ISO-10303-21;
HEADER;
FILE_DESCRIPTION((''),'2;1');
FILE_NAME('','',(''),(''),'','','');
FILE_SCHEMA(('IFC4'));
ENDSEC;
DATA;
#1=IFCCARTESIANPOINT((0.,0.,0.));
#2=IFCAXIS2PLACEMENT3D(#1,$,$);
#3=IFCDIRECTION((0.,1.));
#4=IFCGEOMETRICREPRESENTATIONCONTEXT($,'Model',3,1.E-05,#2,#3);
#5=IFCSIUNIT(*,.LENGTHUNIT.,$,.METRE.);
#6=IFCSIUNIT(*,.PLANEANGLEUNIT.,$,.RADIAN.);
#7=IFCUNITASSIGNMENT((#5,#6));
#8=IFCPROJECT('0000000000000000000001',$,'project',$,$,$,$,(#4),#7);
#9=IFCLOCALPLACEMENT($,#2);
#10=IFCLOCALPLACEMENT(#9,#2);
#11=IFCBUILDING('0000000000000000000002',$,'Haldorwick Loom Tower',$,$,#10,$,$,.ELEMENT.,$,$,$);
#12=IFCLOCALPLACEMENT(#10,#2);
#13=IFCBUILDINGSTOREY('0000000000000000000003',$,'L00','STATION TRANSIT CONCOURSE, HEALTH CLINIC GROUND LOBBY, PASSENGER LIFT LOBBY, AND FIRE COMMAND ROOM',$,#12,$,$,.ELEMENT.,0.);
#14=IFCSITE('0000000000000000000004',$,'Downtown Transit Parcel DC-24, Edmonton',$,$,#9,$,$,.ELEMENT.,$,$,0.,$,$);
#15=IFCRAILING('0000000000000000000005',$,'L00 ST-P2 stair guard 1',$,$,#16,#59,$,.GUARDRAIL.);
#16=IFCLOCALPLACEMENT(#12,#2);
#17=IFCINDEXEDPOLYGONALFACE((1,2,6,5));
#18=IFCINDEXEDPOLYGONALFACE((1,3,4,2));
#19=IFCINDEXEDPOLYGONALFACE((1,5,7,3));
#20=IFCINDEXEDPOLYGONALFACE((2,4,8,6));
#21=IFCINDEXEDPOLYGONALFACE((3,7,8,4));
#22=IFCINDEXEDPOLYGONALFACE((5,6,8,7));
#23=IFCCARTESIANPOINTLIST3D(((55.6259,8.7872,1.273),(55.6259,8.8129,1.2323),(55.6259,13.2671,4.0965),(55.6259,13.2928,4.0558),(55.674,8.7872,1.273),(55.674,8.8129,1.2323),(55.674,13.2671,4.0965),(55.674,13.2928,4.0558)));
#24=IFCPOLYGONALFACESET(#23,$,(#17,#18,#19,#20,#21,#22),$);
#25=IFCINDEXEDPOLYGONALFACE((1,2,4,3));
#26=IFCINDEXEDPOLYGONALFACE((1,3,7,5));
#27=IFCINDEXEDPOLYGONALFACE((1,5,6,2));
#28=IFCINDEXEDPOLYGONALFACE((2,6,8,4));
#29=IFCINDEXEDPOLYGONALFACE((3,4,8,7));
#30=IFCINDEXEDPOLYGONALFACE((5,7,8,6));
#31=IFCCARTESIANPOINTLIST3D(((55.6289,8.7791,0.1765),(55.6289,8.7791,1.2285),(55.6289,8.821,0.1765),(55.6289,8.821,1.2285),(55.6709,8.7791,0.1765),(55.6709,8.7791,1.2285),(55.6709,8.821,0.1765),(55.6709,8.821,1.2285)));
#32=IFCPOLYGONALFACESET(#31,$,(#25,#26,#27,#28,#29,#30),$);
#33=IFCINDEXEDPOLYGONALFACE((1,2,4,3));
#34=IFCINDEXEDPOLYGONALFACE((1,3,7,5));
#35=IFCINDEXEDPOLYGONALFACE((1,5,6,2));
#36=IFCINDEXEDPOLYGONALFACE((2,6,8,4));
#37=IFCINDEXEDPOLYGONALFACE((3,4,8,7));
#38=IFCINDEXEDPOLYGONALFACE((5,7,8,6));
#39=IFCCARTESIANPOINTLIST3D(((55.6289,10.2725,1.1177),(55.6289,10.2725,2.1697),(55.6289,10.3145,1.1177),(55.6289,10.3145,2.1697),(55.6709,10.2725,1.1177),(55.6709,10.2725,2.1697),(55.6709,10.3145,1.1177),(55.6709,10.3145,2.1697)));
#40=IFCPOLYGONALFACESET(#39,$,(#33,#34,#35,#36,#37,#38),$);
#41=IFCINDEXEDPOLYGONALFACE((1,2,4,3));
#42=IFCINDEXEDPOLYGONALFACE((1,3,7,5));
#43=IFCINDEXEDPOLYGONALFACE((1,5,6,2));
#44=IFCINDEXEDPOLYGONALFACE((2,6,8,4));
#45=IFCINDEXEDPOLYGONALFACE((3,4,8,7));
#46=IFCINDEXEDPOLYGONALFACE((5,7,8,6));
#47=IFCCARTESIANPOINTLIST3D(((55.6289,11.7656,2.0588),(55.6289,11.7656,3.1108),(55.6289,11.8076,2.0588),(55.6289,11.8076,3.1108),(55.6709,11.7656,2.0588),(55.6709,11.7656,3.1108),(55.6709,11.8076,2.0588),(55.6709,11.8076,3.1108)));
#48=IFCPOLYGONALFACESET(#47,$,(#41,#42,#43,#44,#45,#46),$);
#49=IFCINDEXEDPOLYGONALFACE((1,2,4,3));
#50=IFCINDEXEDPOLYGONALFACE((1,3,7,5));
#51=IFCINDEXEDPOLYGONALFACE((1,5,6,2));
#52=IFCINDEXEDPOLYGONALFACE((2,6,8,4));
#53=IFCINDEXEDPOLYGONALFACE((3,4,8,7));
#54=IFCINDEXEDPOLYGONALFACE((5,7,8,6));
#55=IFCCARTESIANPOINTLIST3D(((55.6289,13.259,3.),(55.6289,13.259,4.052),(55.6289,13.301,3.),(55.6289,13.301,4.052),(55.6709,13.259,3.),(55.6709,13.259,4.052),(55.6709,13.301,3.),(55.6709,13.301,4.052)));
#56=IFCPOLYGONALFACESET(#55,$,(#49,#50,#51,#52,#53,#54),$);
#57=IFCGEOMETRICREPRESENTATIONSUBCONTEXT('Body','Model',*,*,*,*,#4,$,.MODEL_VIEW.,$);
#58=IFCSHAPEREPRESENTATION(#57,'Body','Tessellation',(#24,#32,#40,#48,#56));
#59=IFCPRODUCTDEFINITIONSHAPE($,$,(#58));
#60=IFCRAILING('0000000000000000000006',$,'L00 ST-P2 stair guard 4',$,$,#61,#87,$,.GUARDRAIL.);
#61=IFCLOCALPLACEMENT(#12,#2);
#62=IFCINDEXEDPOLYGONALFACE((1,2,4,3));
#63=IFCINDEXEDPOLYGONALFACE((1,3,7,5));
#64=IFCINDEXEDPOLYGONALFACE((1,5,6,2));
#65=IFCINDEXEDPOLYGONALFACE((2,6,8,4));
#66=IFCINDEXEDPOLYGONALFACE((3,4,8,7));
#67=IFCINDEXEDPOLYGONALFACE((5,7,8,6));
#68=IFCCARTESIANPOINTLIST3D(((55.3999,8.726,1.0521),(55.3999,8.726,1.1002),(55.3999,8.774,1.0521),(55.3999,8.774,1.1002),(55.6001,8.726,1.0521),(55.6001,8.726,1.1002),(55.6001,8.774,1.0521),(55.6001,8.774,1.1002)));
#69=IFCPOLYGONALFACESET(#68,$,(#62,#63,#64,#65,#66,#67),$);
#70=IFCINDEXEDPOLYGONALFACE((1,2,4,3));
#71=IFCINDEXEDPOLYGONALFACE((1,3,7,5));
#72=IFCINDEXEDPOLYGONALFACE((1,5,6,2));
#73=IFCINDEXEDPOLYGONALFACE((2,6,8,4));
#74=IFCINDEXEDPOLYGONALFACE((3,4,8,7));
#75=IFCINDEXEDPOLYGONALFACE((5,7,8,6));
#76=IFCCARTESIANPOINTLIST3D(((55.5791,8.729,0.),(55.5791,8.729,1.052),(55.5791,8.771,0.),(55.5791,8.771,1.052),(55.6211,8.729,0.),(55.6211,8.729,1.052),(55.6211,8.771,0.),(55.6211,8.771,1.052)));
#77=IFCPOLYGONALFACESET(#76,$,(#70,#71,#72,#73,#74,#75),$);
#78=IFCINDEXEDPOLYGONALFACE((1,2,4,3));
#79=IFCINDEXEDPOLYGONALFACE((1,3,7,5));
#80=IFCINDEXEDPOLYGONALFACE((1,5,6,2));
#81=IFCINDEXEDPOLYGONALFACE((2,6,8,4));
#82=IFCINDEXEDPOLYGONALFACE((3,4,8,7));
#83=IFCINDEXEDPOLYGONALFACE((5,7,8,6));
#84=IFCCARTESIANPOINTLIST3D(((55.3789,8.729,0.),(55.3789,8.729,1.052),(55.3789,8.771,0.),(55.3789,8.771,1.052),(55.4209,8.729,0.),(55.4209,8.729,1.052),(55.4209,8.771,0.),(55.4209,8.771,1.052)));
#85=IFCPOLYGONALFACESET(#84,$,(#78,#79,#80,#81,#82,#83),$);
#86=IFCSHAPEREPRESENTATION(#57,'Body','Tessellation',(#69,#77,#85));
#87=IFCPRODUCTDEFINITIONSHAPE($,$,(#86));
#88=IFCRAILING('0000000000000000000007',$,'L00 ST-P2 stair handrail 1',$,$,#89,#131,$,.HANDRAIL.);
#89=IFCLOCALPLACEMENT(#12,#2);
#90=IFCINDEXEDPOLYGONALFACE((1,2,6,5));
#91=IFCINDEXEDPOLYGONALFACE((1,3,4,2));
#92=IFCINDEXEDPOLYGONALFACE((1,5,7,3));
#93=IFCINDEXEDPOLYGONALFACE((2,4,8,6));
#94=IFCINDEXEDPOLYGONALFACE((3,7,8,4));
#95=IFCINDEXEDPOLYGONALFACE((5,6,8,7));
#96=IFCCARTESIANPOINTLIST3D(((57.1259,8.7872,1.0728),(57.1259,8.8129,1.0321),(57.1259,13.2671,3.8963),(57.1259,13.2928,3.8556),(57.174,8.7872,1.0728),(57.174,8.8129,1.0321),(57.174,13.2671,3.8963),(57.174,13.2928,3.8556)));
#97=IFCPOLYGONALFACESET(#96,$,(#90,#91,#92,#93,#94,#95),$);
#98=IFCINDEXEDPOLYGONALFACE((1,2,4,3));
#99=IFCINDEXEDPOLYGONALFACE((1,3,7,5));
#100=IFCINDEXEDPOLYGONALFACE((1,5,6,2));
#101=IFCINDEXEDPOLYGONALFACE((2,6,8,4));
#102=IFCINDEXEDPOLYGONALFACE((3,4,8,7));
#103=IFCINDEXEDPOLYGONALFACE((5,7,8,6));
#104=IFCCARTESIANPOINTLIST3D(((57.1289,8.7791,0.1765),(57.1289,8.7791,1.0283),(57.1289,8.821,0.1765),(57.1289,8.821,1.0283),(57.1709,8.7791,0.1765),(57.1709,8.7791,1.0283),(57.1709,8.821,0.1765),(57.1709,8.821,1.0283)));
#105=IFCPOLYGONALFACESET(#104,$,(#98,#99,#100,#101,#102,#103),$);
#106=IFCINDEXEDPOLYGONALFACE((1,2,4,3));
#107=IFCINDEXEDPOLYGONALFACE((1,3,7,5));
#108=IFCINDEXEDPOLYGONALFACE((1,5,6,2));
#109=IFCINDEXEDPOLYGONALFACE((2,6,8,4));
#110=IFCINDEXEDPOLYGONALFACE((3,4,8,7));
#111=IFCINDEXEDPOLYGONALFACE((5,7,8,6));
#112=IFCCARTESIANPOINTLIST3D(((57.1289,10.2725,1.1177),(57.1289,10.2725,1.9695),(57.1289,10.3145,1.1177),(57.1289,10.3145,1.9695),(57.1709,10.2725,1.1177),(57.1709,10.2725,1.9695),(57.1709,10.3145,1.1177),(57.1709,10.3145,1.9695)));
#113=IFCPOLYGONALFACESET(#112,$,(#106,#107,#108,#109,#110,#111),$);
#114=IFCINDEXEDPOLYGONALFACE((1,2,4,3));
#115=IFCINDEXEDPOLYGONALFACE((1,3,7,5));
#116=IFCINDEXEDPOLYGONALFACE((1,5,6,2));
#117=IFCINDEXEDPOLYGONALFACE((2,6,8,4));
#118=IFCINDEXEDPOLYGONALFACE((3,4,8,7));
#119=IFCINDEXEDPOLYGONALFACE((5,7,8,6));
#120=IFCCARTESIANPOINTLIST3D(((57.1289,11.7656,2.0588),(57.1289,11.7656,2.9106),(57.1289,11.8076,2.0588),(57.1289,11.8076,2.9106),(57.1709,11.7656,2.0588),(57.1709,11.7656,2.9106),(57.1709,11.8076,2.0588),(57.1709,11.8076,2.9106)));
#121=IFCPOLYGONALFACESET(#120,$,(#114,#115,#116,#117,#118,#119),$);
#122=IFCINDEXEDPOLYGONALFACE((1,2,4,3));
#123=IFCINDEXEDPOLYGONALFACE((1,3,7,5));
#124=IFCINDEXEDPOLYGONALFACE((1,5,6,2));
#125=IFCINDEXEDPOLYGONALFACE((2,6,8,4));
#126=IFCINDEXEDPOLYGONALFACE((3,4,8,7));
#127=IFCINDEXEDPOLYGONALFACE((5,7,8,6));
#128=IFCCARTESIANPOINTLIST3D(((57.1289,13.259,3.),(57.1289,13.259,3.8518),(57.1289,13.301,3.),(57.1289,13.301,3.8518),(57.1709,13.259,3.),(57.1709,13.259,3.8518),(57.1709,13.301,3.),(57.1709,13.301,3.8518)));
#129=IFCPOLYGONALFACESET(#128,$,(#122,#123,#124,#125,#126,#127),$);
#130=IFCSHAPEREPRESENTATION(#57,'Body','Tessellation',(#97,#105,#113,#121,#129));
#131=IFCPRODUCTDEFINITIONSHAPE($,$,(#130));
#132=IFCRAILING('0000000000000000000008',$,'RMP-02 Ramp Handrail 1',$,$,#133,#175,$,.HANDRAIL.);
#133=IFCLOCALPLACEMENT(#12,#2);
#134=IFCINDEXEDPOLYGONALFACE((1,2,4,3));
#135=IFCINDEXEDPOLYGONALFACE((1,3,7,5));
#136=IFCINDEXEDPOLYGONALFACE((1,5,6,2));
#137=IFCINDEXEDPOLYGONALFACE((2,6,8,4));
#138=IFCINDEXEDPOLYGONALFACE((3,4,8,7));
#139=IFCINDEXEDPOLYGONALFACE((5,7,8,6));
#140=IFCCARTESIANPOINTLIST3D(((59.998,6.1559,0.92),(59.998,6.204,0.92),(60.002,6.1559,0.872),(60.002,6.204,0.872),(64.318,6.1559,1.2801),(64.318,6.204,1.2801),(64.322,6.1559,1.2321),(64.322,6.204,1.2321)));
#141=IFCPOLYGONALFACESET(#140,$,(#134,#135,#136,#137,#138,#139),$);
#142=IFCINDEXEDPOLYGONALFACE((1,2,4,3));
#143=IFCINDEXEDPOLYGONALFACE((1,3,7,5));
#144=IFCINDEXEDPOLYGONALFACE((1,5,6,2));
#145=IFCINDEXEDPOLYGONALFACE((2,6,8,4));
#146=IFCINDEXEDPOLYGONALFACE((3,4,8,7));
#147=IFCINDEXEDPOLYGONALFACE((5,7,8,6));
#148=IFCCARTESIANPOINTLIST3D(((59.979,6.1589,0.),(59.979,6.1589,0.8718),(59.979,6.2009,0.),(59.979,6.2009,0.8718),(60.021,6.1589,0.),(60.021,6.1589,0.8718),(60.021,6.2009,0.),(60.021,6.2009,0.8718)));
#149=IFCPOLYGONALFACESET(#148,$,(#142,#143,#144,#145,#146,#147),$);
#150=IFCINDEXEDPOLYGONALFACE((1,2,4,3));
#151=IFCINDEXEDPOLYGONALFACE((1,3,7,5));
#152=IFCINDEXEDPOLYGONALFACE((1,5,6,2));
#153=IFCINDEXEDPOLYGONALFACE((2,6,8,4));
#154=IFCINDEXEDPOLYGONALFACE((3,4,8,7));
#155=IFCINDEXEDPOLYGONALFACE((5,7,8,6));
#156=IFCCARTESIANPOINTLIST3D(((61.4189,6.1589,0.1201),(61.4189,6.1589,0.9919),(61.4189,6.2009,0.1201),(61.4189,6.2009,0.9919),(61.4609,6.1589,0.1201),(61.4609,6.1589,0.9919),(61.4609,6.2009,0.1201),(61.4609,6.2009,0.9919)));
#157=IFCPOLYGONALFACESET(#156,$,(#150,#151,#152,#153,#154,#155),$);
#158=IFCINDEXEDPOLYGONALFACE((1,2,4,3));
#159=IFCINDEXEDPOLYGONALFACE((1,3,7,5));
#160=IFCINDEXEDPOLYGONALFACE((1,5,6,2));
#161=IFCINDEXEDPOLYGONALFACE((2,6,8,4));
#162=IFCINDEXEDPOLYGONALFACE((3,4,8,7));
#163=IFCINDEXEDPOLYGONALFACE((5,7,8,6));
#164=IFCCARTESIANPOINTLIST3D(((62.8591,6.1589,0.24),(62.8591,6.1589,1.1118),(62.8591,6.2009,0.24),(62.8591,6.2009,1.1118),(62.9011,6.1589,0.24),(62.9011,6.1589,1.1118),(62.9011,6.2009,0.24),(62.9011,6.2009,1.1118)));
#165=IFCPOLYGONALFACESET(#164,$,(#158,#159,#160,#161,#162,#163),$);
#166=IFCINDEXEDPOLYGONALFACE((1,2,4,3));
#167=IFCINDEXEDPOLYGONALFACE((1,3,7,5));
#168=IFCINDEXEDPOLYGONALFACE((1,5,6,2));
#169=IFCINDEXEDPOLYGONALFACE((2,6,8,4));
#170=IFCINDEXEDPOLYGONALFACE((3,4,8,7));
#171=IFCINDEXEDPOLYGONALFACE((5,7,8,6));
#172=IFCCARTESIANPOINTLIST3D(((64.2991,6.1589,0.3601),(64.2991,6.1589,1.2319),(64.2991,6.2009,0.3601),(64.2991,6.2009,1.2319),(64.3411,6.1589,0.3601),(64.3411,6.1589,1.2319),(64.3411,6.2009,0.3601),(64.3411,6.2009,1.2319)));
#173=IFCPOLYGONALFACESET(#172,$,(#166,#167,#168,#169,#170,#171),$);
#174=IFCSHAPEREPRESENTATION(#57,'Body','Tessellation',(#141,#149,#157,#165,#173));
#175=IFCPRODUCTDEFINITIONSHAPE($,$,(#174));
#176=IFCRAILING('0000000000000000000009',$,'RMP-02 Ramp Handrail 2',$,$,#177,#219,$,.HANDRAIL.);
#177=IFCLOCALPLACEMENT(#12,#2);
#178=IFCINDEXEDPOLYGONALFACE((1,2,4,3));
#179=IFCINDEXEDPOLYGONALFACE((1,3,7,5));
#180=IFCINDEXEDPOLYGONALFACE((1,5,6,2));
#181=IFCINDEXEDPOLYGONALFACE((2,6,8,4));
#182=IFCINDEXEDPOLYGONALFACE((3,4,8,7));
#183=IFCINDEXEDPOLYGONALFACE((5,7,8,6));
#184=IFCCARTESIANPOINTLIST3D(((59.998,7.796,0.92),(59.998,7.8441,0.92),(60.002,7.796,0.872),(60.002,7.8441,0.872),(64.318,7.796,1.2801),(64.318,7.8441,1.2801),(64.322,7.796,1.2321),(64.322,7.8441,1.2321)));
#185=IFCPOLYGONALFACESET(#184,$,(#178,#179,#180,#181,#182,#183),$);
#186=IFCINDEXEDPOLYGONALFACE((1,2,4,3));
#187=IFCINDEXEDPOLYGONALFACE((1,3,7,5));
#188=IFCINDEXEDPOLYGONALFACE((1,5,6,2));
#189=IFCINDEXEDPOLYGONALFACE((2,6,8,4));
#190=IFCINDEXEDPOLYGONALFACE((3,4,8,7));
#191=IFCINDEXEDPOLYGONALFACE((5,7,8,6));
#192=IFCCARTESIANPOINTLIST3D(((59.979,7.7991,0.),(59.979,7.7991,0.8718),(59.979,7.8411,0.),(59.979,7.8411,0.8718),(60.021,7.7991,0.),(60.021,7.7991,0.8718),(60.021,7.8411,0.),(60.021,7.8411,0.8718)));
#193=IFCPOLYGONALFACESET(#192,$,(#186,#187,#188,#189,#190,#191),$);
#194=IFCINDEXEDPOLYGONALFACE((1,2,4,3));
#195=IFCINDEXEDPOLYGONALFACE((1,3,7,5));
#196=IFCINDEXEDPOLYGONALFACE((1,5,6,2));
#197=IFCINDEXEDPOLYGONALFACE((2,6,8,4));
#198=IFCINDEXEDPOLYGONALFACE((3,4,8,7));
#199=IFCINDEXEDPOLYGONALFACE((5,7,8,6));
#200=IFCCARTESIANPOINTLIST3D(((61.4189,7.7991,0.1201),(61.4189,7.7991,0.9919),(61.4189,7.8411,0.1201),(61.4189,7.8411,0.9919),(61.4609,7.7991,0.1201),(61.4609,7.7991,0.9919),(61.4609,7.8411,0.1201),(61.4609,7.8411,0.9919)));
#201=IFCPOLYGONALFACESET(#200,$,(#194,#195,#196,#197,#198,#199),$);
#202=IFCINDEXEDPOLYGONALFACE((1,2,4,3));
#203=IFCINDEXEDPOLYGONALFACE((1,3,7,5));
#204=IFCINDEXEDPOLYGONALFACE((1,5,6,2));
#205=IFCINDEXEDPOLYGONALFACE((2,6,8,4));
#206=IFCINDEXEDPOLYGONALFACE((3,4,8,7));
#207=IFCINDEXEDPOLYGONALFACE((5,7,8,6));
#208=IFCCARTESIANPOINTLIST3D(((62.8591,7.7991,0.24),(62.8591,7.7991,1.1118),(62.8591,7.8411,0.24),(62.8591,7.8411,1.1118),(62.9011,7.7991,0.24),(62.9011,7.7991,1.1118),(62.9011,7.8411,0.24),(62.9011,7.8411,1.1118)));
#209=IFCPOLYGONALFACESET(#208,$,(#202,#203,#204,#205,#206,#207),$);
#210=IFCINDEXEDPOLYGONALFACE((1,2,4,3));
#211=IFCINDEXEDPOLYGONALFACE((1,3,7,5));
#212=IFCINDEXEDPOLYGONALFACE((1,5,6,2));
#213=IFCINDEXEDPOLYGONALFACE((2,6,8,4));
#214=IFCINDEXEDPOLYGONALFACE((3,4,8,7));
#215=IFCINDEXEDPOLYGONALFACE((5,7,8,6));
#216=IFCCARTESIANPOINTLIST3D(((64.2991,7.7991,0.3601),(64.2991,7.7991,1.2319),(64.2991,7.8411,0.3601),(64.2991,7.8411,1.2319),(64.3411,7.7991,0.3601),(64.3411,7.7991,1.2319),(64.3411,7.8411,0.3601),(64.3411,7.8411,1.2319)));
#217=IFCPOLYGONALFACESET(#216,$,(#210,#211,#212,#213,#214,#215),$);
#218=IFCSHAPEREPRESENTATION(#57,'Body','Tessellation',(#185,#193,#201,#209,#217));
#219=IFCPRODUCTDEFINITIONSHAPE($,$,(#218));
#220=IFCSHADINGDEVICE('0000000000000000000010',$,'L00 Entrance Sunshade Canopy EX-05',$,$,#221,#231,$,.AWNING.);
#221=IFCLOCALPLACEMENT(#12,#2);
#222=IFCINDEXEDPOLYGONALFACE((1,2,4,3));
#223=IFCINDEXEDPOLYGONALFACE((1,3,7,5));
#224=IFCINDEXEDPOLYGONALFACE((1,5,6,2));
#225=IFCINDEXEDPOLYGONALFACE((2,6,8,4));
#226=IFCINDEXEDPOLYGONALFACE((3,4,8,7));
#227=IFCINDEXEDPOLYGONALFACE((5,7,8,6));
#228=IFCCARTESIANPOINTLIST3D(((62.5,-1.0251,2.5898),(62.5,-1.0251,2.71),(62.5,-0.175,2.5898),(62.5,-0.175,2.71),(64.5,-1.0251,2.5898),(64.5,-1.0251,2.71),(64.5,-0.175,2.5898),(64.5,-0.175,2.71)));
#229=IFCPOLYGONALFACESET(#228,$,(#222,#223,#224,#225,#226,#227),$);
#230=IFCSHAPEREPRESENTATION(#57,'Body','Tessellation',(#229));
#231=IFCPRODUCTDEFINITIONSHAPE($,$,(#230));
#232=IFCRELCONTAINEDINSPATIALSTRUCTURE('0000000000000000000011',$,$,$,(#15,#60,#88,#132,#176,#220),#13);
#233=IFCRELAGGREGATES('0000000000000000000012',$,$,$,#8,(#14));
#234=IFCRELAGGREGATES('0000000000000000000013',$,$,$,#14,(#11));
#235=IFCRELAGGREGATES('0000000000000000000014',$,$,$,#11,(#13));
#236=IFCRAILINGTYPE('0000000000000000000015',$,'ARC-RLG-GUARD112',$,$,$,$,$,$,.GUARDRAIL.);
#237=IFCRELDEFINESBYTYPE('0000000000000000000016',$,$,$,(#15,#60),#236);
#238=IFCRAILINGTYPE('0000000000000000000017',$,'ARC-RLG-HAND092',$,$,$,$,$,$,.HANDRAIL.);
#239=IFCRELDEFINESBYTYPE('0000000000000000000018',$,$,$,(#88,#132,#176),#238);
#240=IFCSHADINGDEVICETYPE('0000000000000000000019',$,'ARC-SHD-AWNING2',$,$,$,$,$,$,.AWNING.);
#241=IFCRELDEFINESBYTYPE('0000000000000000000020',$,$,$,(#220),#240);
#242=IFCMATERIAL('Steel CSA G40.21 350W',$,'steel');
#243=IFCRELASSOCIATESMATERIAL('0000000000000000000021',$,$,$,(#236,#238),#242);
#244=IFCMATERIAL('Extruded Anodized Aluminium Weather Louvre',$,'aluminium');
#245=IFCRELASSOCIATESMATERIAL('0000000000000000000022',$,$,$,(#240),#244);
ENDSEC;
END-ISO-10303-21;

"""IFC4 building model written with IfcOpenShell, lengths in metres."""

from ifc_helpers import new_model, si_unit, direction, frame, origin, origin_2d, place, context, subcontext, project, spatial, rectangle, extrude, material, type_object, element, save


model = new_model("IFC4")

# Units and contexts
model_context = context("Model", 3, precision=1e-05, world=origin(), true_north=direction((0.0, 1.0)))
body_context = subcontext(model_context, "Body", "Model", "MODEL_VIEW")
ifc_project = project(units=[si_unit("LENGTHUNIT", "METRE"), si_unit("PLANEANGLEUNIT", "RADIAN")], contexts=[model_context])

# Site, building, storey
site_placement = place(None, origin())
site = spatial("IfcSite", under=ifc_project, at=site_placement, Name="Downtown Transit Parcel DC-24, Edmonton", CompositionType="ELEMENT", RefElevation=0.0)
building_placement = place(site_placement, origin())
building = spatial("IfcBuilding", under=site, at=building_placement, Name="Haldorwick Loom Tower", CompositionType="ELEMENT")
storey_placement = place(building_placement, origin())
storey = spatial("IfcBuildingStorey", under=building, at=storey_placement, Name="L00", Description="STATION TRANSIT CONCOURSE, HEALTH CLINIC GROUND LOBBY, PASSENGER LIFT LOBBY, AND FIRE COMMAND ROOM", CompositionType="ELEMENT", Elevation=0.0)

# Shared definitions
ifc_material_1 = material(Name="Steel CSA G40.21 350W", Category="steel")

# Railings
railing_type_1 = type_object("IfcRailingType", Name="ARC-RLG-GUARD112", PredefinedType="GUARDRAIL", material=ifc_material_1)
railing_1_placement = place(storey_placement, frame((55.6499, 8.8, 0.1765)))
element("IfcRailing", 1, at=railing_1_placement, inside=storey, type_object=railing_type_1, Name="L00 ST-P2 stair guard 1", PredefinedType="GUARDRAIL", context=body_context, shape_type="SweptSolid", body=[
    extrude(rectangle(XDim=0.0481, YDim=0.0481, at=origin_2d()), frame((0.0, 0.0, 1.0762), z_axis=(0.0, 0.845998, 0.533186), x_axis=(-1.0, 0.0, 0.0)), (0.0, 0.0, 1.0), 5.2954),
    extrude(rectangle(XDim=0.042, YDim=0.042, at=origin_2d()), origin(), (0.0, 0.0, 1.0), 1.052),
    extrude(rectangle(XDim=0.042, YDim=0.042, at=origin_2d()), frame((0.0, 1.4934, 0.9412)), (0.0, 0.0, 1.0), 1.052),
    extrude(rectangle(XDim=0.042, YDim=0.042, at=origin_2d()), frame((0.0, 2.9866, 1.8823)), (0.0, 0.0, 1.0), 1.052),
    extrude(rectangle(XDim=0.042, YDim=0.042, at=origin_2d()), frame((0.0, 4.48, 2.8235)), (0.0, 0.0, 1.0), 1.052),
])
railing_2_placement = place(storey_placement, frame((55.6001, 8.75, 0.0)))
element("IfcRailing", 2, at=railing_2_placement, inside=storey, type_object=railing_type_1, Name="L00 ST-P2 stair guard 4", PredefinedType="GUARDRAIL", context=body_context, shape_type="SweptSolid", body=[
    extrude(rectangle(XDim=0.0481, YDim=0.0481, at=origin_2d()), frame((0.0, 0.0, 1.0762), z_axis=(-1.0, 0.0, 0.0), x_axis=(0.0, -1.0, 0.0)), (0.0, 0.0, 1.0), 0.2002),
    extrude(rectangle(XDim=0.042, YDim=0.042, at=origin_2d()), origin(), (0.0, 0.0, 1.0), 1.052),
    extrude(rectangle(XDim=0.042, YDim=0.042, at=origin_2d()), frame((-0.2002, 0.0, 0.0)), (0.0, 0.0, 1.0), 1.052),
])
railing_type_2 = type_object("IfcRailingType", Name="ARC-RLG-HAND092", PredefinedType="HANDRAIL", material=ifc_material_1)
railing_3_placement = place(storey_placement, frame((57.1499, 8.8, 0.1765)))
element("IfcRailing", 3, at=railing_3_placement, inside=storey, type_object=railing_type_2, Name="L00 ST-P2 stair handrail 1", PredefinedType="HANDRAIL", context=body_context, shape_type="SweptSolid", body=[
    extrude(rectangle(XDim=0.0481, YDim=0.0481, at=origin_2d()), frame((0.0, 0.0, 0.876), z_axis=(0.0, 0.845998, 0.533186), x_axis=(-1.0, 0.0, 0.0)), (0.0, 0.0, 1.0), 5.2954),
    extrude(rectangle(XDim=0.042, YDim=0.042, at=origin_2d()), origin(), (0.0, 0.0, 1.0), 0.8518),
    extrude(rectangle(XDim=0.042, YDim=0.042, at=origin_2d()), frame((0.0, 1.4934, 0.9412)), (0.0, 0.0, 1.0), 0.8518),
    extrude(rectangle(XDim=0.042, YDim=0.042, at=origin_2d()), frame((0.0, 2.9866, 1.8823)), (0.0, 0.0, 1.0), 0.8518),
    extrude(rectangle(XDim=0.042, YDim=0.042, at=origin_2d()), frame((0.0, 4.48, 2.8235)), (0.0, 0.0, 1.0), 0.8518),
])
for number, where, name in (
    (4, (60.0, 6.1799, 0.0), "RMP-02 Ramp Handrail 1"),
    (5, (60.0, 7.8201, 0.0), "RMP-02 Ramp Handrail 2"),
):
    element("IfcRailing", number, at=place(storey_placement, frame(where)), inside=storey, type_object=railing_type_2, Name=name, PredefinedType="HANDRAIL", context=body_context, shape_type="SweptSolid", body=[
        extrude(rectangle(XDim=0.0481, YDim=0.0481, at=origin_2d()), frame((0.0, 0.0, 0.896), z_axis=(0.996544, 0.0, 0.083069), x_axis=(0.0, 1.0, 0.0)), (0.0, 0.0, 1.0), 4.335),
        extrude(rectangle(XDim=0.042, YDim=0.042, at=origin_2d()), origin(), (0.0, 0.0, 1.0), 0.8718),
        extrude(rectangle(XDim=0.042, YDim=0.042, at=origin_2d()), frame((1.4399, 0.0, 0.1201)), (0.0, 0.0, 1.0), 0.8718),
        extrude(rectangle(XDim=0.042, YDim=0.042, at=origin_2d()), frame((2.8801, 0.0, 0.24)), (0.0, 0.0, 1.0), 0.8718),
        extrude(rectangle(XDim=0.042, YDim=0.042, at=origin_2d()), frame((4.3201, 0.0, 0.3601)), (0.0, 0.0, 1.0), 0.8718),
    ])

# Shading device
ifc_material_2 = material(Name="Extruded Anodized Aluminium Weather Louvre", Category="aluminium")
shading_device_type = type_object("IfcShadingDeviceType", Name="ARC-SHD-AWNING2", PredefinedType="AWNING", material=ifc_material_2)
shading_device_placement = place(storey_placement, frame((63.5, -0.6001, 2.5898), z_axis=(0.0, 0.0, 1.0), x_axis=(1.0, 0.0, 0.0)))
element("IfcShadingDevice", 6, at=shading_device_placement, inside=storey, type_object=shading_device_type, Name="L00 Entrance Sunshade Canopy EX-05", PredefinedType="AWNING", context=body_context, shape_type="SweptSolid", body=[
    extrude(rectangle(XDim=2.0, YDim=0.8501, at=origin_2d()), origin(), (0.0, 0.0, 1.0), 0.1201),
])

save(model, "model.ifc")
